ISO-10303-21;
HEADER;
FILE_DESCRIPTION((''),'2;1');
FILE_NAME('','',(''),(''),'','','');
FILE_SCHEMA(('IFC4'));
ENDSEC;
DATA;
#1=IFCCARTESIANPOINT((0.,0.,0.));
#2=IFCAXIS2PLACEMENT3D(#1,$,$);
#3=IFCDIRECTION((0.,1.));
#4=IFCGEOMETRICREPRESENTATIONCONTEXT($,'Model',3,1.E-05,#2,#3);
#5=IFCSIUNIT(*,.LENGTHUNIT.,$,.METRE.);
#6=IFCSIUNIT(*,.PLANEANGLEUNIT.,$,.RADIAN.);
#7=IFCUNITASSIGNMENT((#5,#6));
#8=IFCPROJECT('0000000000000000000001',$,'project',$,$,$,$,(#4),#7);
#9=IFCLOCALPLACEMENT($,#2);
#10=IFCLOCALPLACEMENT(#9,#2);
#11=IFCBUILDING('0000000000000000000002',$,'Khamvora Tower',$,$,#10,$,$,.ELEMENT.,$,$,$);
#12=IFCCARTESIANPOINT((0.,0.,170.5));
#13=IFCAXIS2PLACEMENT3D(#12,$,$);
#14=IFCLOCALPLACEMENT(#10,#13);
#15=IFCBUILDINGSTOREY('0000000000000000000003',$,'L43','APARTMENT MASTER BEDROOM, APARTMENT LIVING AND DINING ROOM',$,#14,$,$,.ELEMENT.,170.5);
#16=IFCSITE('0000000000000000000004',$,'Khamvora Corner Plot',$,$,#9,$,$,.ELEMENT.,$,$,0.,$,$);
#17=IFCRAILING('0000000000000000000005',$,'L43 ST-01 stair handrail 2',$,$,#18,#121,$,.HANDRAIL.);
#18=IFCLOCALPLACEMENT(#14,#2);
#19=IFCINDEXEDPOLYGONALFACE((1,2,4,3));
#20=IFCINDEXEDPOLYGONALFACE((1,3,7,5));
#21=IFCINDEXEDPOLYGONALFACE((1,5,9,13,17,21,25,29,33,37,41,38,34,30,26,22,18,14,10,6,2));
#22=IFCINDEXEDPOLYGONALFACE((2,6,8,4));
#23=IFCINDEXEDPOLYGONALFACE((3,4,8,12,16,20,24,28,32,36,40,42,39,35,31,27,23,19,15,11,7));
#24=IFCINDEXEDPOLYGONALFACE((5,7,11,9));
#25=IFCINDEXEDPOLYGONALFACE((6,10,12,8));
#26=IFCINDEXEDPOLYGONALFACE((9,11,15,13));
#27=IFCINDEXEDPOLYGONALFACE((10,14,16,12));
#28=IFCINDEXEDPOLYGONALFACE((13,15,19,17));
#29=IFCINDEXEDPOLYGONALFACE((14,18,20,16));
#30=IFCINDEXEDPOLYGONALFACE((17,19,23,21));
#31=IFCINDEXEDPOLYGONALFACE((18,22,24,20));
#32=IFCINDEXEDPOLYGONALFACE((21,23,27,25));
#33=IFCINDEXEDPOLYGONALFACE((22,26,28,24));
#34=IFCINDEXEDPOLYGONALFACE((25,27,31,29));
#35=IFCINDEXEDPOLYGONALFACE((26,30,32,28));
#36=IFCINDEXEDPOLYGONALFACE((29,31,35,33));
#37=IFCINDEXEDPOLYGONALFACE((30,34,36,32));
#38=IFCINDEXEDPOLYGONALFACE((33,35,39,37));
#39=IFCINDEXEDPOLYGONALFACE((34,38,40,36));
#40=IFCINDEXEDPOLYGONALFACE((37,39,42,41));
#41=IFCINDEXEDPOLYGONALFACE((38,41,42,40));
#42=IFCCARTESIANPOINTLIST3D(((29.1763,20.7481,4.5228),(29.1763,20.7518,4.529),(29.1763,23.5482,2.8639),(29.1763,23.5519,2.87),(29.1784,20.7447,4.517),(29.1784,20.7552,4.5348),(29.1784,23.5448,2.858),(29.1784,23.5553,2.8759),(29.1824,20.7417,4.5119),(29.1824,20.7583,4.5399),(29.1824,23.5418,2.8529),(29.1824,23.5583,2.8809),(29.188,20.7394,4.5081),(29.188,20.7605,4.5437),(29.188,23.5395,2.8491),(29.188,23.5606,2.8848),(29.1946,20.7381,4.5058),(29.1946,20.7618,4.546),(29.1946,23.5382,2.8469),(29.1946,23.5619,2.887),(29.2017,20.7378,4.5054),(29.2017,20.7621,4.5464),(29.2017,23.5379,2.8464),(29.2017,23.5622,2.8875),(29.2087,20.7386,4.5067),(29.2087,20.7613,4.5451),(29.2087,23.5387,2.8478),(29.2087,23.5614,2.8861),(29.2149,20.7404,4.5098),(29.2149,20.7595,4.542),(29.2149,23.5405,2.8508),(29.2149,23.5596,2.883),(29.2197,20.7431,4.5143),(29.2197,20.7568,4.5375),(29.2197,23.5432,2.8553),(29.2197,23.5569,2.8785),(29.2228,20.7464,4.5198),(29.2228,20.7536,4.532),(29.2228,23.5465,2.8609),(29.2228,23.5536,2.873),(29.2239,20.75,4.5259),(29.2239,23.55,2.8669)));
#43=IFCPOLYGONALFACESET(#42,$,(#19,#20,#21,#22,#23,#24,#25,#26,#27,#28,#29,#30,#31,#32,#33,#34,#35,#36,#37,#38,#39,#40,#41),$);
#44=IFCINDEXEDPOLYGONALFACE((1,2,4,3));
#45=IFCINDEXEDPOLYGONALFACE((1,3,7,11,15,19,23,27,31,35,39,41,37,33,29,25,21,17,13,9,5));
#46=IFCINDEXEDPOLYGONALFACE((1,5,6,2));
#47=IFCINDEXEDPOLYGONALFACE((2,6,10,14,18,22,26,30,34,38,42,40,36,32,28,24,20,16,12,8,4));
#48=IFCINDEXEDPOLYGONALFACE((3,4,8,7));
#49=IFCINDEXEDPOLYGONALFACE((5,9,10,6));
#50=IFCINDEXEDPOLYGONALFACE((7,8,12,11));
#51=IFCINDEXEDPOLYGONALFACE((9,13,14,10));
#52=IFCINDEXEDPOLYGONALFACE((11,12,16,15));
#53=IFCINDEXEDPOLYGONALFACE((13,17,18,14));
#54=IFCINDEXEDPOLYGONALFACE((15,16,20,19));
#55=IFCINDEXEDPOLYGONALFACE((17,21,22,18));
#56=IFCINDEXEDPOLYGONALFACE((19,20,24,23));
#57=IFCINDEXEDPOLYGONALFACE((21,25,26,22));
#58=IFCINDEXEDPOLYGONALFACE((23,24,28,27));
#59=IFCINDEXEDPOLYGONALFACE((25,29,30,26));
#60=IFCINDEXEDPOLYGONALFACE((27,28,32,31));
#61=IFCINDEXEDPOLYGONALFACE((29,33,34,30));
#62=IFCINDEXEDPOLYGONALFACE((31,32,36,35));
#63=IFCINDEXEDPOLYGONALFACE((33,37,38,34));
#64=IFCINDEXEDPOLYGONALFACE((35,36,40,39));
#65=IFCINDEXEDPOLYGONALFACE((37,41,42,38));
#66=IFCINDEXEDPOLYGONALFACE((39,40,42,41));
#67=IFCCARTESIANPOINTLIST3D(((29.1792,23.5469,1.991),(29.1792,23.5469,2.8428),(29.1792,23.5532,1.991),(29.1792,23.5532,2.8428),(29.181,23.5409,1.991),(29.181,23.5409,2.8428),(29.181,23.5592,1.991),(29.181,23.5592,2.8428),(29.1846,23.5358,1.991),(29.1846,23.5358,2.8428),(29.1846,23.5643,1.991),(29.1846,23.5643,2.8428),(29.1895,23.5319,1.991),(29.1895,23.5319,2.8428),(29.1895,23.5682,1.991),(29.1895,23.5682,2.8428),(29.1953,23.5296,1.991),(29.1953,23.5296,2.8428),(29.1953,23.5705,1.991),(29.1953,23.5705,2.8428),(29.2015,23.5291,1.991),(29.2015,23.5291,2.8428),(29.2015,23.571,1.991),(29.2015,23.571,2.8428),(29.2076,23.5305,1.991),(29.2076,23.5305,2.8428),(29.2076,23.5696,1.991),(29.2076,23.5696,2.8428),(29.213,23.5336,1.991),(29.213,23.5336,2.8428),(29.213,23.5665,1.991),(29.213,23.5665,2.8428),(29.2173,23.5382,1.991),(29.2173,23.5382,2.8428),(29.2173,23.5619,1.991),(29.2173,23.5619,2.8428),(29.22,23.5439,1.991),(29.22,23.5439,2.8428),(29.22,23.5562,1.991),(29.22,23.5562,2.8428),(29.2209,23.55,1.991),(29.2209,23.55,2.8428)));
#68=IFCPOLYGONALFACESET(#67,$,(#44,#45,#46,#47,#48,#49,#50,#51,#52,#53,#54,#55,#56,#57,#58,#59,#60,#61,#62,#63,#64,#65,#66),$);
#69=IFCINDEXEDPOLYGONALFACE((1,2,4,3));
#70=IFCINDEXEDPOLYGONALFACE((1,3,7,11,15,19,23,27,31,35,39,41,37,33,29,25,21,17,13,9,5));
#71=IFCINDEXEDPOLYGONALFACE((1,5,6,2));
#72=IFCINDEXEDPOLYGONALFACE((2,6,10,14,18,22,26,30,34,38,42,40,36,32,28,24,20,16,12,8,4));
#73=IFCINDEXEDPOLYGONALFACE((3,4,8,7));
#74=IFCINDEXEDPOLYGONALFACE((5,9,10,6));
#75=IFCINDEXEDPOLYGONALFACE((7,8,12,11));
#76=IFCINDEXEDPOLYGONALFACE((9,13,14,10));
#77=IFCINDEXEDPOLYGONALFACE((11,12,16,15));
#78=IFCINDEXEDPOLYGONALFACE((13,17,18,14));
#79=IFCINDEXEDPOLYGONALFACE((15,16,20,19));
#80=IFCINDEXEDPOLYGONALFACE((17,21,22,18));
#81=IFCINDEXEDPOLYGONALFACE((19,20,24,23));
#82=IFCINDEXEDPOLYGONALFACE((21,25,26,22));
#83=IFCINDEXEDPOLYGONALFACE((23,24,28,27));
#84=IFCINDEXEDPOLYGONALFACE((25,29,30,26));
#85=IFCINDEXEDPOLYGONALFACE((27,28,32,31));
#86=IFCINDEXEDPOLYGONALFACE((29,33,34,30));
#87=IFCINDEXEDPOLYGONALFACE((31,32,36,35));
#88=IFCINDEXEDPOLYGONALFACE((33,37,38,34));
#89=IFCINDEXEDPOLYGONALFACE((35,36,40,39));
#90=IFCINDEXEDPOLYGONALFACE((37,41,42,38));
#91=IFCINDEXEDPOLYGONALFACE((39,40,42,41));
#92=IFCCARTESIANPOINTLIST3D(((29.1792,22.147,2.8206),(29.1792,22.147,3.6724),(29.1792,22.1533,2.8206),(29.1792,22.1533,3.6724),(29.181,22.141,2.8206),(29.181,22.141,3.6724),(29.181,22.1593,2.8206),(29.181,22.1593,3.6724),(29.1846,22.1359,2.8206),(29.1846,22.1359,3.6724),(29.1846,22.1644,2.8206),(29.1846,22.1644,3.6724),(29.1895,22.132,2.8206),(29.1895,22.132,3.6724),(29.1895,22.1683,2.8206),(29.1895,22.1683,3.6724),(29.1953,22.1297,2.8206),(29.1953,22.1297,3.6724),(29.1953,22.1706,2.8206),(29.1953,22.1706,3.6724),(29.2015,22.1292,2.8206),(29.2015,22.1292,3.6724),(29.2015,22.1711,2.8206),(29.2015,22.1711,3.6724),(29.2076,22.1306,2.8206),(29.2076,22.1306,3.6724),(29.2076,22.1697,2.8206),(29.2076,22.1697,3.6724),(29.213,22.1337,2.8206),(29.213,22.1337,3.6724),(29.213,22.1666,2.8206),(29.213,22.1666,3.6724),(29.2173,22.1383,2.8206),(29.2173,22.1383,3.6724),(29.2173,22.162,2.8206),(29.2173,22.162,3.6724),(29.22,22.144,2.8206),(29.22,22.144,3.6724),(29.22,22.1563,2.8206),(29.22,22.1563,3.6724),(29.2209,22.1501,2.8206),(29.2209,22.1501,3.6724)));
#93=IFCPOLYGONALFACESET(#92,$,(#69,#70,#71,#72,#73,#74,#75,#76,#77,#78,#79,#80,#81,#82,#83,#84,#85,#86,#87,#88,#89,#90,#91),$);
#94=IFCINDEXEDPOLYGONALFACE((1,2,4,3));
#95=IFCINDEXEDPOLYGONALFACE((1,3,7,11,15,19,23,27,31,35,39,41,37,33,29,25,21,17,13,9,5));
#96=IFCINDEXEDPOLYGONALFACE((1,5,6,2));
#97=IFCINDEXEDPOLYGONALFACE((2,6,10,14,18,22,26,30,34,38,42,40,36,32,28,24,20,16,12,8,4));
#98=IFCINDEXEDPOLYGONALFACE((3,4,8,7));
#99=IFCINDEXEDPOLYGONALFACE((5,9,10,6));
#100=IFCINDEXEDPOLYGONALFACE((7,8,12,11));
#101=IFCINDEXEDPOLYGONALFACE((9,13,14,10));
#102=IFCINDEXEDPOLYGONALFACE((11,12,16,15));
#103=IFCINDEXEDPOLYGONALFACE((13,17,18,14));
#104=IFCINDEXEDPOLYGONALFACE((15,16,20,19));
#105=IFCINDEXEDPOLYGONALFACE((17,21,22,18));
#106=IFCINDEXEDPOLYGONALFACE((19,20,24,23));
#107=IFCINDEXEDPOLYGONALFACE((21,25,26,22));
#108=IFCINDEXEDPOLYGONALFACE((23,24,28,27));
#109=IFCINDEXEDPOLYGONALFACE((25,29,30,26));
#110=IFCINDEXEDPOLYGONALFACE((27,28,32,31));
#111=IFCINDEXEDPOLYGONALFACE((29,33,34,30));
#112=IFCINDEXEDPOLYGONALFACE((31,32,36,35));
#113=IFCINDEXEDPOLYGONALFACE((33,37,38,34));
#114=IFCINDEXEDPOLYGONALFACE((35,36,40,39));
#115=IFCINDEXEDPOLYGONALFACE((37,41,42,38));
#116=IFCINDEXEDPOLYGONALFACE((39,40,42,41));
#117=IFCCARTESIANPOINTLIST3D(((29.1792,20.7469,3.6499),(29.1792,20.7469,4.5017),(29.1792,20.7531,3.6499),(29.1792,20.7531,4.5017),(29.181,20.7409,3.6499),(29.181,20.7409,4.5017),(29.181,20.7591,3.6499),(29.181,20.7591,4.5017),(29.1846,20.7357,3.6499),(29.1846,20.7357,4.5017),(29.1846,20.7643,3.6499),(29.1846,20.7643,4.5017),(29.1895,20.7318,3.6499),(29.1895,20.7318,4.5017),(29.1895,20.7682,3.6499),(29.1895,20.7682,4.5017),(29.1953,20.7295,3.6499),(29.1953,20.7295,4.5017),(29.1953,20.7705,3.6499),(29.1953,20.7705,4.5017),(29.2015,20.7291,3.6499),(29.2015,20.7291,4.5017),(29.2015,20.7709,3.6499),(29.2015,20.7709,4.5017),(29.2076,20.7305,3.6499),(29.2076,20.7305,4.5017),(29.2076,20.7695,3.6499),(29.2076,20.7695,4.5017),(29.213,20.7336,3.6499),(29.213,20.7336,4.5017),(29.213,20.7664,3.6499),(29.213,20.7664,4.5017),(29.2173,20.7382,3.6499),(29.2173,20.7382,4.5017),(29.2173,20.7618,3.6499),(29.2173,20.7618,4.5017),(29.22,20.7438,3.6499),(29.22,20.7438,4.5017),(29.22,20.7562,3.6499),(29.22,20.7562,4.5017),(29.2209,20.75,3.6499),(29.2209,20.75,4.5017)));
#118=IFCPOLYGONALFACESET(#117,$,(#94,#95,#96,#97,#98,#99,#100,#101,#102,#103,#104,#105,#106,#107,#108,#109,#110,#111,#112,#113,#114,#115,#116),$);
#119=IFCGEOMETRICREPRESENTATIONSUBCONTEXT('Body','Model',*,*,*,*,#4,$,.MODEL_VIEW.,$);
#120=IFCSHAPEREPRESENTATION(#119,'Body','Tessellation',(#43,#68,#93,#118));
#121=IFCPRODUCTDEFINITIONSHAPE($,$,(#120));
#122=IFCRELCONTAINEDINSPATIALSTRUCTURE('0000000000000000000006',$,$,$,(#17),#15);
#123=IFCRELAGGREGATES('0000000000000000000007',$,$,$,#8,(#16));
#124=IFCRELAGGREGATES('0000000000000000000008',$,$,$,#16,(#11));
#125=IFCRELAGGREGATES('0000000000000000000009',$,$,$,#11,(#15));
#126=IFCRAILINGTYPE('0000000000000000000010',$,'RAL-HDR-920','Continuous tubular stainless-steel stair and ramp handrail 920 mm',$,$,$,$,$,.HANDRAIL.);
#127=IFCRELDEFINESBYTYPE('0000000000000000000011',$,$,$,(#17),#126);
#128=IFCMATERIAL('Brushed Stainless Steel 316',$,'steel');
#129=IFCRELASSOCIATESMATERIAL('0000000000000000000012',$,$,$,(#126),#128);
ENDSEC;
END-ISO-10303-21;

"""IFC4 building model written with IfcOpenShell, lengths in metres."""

from ifc_helpers import new_model, si_unit, direction, frame, origin, origin_2d, place, context, subcontext, project, spatial, circle, extrude, material, type_object, element, save


model = new_model("IFC4")

# Units and contexts
model_context = context("Model", 3, precision=1e-05, world=origin(), true_north=direction((0.0, 1.0)))
body_context = subcontext(model_context, "Body", "Model", "MODEL_VIEW")
ifc_project = project(units=[si_unit("LENGTHUNIT", "METRE"), si_unit("PLANEANGLEUNIT", "RADIAN")], contexts=[model_context])

# Site, building, storey
site_placement = place(None, origin())
site = spatial("IfcSite", under=ifc_project, at=site_placement, Name="Khamvora Corner Plot", CompositionType="ELEMENT", RefElevation=0.0)
building_placement = place(site_placement, origin())
building = spatial("IfcBuilding", under=site, at=building_placement, Name="Khamvora Tower", CompositionType="ELEMENT")
storey_placement = place(building_placement, frame((0.0, 0.0, 170.5)))
storey = spatial("IfcBuildingStorey", under=building, at=storey_placement, Name="L43", Description="APARTMENT MASTER BEDROOM, APARTMENT LIVING AND DINING ROOM", CompositionType="ELEMENT", Elevation=170.5)

# Railing
ifc_material_1 = material(Name="Brushed Stainless Steel 316", Category="steel")
railing_type_1 = type_object("IfcRailingType", Name="RAL-HDR-920", Description="Continuous tubular stainless-steel stair and ramp handrail 920 mm", PredefinedType="HANDRAIL", material=ifc_material_1)
railing_1_placement = place(storey_placement, frame((29.2, 23.55, 1.991)))
element("IfcRailing", 1, at=railing_1_placement, inside=storey, type_object=railing_type_1, Name="L43 ST-01 stair handrail 2", PredefinedType="HANDRAIL", context=body_context, shape_type="SweptSolid", body=[
    extrude(circle(Radius=0.0239, at=origin_2d()), frame((0.0, 0.0, 0.876), z_axis=(0.0, -0.860339, 0.509722), x_axis=(1.0, 0.0, 0.0)), (0.0, 0.0, 1.0), 3.2546),
    extrude(circle(Radius=0.021, at=origin_2d()), origin(), (0.0, 0.0, 1.0), 0.8518),
    extrude(circle(Radius=0.021, at=origin_2d()), frame((0.0, -1.3999, 0.8296)), (0.0, 0.0, 1.0), 0.8518),
    extrude(circle(Radius=0.021, at=origin_2d()), frame((0.0, -2.8, 1.6589)), (0.0, 0.0, 1.0), 0.8518),
])

save(model, "model.ifc")
